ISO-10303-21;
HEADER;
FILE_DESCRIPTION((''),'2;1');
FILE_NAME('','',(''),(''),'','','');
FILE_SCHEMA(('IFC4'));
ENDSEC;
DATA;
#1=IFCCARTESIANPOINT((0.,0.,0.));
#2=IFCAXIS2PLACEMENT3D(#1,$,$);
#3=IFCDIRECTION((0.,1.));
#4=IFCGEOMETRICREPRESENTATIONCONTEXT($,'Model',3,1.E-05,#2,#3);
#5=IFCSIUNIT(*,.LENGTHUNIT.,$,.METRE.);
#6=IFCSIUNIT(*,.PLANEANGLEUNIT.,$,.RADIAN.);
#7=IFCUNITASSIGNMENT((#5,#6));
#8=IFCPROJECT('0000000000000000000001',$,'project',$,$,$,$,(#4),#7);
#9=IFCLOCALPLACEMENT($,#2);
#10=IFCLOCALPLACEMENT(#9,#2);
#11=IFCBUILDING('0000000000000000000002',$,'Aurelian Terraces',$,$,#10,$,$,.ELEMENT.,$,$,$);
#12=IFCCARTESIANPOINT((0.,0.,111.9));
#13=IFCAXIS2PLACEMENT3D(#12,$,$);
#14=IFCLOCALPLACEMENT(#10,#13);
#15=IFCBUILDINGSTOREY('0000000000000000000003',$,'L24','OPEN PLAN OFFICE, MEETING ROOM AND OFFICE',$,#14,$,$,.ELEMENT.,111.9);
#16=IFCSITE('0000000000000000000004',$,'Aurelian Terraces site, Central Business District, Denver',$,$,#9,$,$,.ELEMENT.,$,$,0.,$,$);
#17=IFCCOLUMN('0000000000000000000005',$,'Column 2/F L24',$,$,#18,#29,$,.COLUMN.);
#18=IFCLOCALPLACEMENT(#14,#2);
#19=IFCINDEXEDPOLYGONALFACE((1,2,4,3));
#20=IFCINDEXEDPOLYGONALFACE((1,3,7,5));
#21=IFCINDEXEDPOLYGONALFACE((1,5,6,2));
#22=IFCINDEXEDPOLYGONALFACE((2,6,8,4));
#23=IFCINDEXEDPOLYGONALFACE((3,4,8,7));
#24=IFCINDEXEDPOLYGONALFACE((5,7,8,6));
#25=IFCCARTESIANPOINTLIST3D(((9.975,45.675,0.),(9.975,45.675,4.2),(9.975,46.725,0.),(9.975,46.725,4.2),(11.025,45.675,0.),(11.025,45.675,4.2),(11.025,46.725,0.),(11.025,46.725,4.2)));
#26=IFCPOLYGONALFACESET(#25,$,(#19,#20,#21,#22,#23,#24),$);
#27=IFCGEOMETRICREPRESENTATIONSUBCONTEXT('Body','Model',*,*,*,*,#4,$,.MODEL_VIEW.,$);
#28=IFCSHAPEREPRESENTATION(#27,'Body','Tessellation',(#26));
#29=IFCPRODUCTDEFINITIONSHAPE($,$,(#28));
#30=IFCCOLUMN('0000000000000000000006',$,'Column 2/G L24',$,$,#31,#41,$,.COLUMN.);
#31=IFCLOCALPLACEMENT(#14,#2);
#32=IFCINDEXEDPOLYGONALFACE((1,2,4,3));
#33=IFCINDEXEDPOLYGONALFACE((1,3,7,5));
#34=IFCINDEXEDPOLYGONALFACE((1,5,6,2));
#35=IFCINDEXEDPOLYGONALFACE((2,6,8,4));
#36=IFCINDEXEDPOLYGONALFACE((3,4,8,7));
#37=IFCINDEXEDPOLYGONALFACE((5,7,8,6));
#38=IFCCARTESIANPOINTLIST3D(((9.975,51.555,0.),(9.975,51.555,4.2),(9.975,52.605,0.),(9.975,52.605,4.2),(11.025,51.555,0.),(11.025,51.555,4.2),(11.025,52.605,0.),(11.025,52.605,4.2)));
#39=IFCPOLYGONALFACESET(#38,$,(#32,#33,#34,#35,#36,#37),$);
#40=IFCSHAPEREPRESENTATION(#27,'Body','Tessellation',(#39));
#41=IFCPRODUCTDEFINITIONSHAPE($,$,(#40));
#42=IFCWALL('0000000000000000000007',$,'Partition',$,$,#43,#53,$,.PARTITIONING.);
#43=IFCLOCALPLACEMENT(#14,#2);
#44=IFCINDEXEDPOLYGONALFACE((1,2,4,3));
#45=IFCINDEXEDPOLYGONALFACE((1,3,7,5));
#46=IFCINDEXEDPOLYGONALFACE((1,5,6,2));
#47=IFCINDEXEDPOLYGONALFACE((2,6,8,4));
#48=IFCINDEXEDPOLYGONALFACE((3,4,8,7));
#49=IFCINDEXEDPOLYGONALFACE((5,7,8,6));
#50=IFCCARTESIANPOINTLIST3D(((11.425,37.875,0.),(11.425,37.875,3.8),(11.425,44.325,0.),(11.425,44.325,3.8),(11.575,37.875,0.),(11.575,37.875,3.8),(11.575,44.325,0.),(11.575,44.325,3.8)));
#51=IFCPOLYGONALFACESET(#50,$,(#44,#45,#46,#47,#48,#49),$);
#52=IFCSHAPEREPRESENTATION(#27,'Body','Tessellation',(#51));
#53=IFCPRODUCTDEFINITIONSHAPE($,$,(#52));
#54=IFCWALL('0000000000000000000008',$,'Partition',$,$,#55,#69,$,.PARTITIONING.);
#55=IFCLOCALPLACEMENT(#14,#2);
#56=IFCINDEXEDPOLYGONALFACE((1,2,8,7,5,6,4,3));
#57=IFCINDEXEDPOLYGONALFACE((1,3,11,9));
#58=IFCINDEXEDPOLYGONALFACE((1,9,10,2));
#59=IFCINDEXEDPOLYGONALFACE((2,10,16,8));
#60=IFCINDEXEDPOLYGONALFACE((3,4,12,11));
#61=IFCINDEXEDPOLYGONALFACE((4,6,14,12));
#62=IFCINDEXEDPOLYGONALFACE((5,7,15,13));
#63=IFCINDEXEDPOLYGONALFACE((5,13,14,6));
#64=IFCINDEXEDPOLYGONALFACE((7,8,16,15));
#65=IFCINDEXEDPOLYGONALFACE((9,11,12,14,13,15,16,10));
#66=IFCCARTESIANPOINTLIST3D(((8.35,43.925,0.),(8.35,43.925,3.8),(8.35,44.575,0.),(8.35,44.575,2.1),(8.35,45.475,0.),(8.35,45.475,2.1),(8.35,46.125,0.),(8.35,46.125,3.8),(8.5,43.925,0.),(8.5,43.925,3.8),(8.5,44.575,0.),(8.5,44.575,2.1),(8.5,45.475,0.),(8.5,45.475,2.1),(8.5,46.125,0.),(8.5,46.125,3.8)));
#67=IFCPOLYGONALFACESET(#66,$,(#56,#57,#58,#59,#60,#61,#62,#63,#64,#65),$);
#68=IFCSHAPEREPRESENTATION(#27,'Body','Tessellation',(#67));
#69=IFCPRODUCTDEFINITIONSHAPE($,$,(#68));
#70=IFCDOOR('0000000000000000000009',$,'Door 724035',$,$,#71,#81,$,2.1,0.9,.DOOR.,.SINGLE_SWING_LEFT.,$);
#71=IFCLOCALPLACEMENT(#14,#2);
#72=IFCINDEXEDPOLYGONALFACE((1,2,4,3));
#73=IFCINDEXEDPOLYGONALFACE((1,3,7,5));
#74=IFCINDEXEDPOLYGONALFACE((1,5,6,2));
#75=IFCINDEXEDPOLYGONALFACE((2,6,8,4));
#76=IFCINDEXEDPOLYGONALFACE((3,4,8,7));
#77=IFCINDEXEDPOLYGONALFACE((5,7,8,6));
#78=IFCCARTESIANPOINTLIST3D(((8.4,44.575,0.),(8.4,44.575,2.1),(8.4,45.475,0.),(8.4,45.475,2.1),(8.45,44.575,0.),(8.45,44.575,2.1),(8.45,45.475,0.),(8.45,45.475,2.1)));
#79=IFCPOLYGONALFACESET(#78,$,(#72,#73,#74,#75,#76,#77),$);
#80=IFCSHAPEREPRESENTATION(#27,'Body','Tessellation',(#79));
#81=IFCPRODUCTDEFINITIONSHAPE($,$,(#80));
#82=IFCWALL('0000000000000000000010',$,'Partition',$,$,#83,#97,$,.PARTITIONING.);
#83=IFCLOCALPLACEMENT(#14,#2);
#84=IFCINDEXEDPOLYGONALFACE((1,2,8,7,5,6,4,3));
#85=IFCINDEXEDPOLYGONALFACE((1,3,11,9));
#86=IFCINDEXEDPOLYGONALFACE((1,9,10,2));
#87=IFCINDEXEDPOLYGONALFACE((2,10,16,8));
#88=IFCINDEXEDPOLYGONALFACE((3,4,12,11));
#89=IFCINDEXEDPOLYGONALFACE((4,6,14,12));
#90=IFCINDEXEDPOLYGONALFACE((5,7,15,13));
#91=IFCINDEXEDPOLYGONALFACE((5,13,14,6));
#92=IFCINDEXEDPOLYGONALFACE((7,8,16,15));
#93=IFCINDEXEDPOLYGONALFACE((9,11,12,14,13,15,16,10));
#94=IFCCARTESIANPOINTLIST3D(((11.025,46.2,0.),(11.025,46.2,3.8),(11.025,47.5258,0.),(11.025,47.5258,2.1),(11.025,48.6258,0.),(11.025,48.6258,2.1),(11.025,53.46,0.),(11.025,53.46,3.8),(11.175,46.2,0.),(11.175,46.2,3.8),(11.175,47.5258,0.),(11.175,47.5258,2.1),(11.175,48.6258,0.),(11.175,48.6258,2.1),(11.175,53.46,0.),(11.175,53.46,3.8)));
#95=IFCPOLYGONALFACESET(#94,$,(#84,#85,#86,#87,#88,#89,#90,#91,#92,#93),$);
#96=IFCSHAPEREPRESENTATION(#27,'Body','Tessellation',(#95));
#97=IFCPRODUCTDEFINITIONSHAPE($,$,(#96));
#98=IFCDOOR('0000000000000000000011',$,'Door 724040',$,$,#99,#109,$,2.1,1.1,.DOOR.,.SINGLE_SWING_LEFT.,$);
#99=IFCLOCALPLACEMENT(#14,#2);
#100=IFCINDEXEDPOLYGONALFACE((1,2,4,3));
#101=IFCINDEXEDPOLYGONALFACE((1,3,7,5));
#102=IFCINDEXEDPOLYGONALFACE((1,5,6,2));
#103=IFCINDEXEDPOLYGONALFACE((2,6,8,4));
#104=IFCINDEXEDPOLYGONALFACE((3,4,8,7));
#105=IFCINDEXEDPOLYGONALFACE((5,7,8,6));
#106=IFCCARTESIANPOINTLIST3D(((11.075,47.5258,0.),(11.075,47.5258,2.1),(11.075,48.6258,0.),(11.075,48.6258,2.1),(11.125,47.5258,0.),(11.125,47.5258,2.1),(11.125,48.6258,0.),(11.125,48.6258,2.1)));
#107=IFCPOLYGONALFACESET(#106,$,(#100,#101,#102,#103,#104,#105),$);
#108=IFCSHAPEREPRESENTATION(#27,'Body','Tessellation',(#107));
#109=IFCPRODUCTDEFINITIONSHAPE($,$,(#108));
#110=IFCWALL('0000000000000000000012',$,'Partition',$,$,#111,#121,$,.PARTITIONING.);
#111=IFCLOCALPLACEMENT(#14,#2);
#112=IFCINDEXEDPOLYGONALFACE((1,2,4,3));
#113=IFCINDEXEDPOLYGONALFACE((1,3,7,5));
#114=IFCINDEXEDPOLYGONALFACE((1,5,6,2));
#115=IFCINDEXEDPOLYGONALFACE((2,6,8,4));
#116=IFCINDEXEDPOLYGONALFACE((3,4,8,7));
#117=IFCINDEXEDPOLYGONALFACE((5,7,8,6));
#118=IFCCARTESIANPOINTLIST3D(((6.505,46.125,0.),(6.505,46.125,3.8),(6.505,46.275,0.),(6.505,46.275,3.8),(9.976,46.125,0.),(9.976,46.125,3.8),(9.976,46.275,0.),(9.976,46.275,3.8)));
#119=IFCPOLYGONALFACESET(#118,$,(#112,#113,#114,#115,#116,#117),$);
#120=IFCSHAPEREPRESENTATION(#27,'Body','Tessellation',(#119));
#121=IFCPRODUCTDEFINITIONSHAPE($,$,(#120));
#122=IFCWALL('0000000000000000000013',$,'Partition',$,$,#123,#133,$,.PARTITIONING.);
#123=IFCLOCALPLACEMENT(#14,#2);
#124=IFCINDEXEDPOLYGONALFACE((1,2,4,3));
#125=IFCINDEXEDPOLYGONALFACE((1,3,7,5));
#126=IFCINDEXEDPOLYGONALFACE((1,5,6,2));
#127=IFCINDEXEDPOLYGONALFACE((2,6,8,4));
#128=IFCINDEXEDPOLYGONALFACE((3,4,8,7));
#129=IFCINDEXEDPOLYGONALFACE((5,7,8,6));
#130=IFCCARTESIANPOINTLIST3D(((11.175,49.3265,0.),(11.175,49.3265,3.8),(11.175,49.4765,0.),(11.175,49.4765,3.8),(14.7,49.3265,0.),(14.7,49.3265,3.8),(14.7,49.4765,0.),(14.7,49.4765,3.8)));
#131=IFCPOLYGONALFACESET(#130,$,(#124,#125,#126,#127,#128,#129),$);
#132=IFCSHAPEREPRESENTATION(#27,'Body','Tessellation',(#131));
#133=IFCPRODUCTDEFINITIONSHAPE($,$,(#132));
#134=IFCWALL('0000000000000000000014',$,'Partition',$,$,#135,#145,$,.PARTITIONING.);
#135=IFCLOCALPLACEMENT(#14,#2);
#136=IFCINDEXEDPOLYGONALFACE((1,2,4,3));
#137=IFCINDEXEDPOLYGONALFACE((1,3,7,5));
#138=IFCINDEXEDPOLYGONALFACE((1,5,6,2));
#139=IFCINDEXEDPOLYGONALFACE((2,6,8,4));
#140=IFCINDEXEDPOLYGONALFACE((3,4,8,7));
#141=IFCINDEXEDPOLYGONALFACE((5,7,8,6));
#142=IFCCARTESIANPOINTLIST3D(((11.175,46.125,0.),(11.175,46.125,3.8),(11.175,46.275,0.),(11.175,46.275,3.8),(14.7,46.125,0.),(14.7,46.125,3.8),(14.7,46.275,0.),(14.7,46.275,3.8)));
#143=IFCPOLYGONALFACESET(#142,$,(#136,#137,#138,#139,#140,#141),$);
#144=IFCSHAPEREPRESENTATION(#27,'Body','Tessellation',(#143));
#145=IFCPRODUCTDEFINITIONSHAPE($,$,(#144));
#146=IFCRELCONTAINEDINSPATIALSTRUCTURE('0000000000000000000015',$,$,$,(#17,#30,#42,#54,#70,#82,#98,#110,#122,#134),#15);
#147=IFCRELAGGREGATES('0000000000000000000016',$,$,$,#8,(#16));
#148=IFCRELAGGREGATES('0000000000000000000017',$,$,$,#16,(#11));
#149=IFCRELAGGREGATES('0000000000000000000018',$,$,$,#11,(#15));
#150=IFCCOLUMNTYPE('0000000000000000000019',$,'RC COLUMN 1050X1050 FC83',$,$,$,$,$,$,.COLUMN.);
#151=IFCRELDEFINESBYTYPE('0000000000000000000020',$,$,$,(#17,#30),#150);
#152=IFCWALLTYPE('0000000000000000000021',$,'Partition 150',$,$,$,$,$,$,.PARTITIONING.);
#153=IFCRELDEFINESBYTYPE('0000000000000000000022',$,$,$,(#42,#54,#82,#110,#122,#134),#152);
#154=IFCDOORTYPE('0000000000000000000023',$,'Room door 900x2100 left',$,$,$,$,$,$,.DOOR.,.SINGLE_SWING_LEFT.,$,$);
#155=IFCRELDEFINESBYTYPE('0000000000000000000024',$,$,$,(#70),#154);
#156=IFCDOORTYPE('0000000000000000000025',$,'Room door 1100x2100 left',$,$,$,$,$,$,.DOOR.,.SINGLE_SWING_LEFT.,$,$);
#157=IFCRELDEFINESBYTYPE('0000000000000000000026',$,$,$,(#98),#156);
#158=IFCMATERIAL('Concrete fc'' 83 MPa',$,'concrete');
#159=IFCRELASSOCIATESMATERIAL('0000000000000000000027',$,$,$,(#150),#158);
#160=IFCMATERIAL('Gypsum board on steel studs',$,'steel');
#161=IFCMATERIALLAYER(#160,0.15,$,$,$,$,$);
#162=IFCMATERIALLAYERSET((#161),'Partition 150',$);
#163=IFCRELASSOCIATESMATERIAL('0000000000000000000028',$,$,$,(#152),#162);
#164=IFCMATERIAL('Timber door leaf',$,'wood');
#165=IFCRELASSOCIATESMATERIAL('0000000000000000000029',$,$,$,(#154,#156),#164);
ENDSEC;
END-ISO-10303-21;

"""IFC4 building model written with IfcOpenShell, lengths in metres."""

from ifc_helpers import new_model, si_unit, direction, frame, frame_2d, origin, origin_2d, place, context, subcontext, project, spatial, rectangle, extrude, source, transform, mapped, material, layer, layer_set, material_profile, profile_set, type_object, element, fill, save


model = new_model("IFC4")

# Units and contexts
model_context = context("Model", 3, precision=1e-05, world=origin(), true_north=direction((0.0, 1.0)))
body_context = subcontext(model_context, "Body", "Model", "MODEL_VIEW")
ifc_project = project(units=[si_unit("LENGTHUNIT", "METRE"), si_unit("PLANEANGLEUNIT", "RADIAN")], contexts=[model_context])

# Site, building, storey
site_placement = place(None, origin())
site = spatial("IfcSite", under=ifc_project, at=site_placement, Name="Aurelian Terraces site, Central Business District, Denver", CompositionType="ELEMENT", RefElevation=0.0)
building_placement = place(site_placement, origin())
building = spatial("IfcBuilding", under=site, at=building_placement, Name="Aurelian Terraces", CompositionType="ELEMENT")
storey_placement = place(building_placement, frame((0.0, 0.0, 111.9)))
storey = spatial("IfcBuildingStorey", under=building, at=storey_placement, Name="L24", Description="OPEN PLAN OFFICE, MEETING ROOM AND OFFICE", CompositionType="ELEMENT", Elevation=111.9)

# Columns
ifc_material_1 = material(Name="Concrete fc' 83 MPa", Category="concrete")
ifc_material_profile = material_profile(ifc_material_1, rectangle(XDim=1.05, YDim=1.05, at=origin_2d()))
ifc_profile_set = profile_set([ifc_material_profile], Name="Concrete fc' 83 MPa")
column_type = type_object("IfcColumnType", Name="RC COLUMN 1050X1050 FC83", PredefinedType="COLUMN", material=ifc_profile_set)
shared_shape_1 = source(origin(), body_context, "Body", "SweptSolid", [
    extrude(rectangle(XDim=1.05, YDim=1.05, at=origin_2d()), origin(), (0.0, 0.0, 1.0), 4.2),
])
for number, where, z_axis, x_axis, name in (
    (1, (10.5, 46.2, 0.0), (0.0, 0.0, 1.0), (1.0, 0.0, 0.0), "Column 2/F L24"),
    (2, (10.5, 52.08, 0.0), (0.0, 0.0, 1.0), (1.0, 0.0, 0.0), "Column 2/G L24"),
):
    element("IfcColumn", number, at=place(storey_placement, frame(where, z_axis=z_axis, x_axis=x_axis)), inside=storey, type_object=column_type, Name=name, PredefinedType="COLUMN", context=body_context, shape_type="MappedRepresentation", body=[
        mapped(shared_shape_1, transform((0.0, 0.0, 0.0), scale=1.0)),
    ])

# Wall
ifc_material_2 = material(Name="Gypsum board on steel studs", Category="steel")
ifc_layer = layer(ifc_material_2, 0.15)
ifc_layer_set = layer_set([ifc_layer], Name="Partition 150")
wall_type = type_object("IfcWallType", Name="Partition 150", PredefinedType="PARTITIONING", material=ifc_layer_set)
shared_shape_2 = source(origin(), body_context, "Body", "SweptSolid", [
    extrude(rectangle(XDim=6.45, YDim=0.15, at=frame_2d((3.225, 0.0))), origin(), (0.0, 0.0, 1.0), 3.8),
])
wall_1_placement = place(storey_placement, frame((11.5, 44.325, 0.0), z_axis=(0.0, 0.0, 1.0), x_axis=(0.0, -1.0, 0.0)))
element("IfcWall", 3, at=wall_1_placement, inside=storey, type_object=wall_type, Name="Partition", PredefinedType="PARTITIONING", context=body_context, shape_type="MappedRepresentation", body=[
    mapped(shared_shape_2, transform((0.0, 0.0, 0.0), scale=1.0)),
])

# Walls, openings, doors
shared_shape_3 = source(origin(), body_context, "Body", "SweptSolid", [
    extrude(rectangle(XDim=2.2, YDim=0.15, at=frame_2d((1.1, 0.0))), origin(), (0.0, 0.0, 1.0), 3.8),
])
wall_2_placement = place(storey_placement, frame((8.425, 43.925, 0.0), z_axis=(0.0, 0.0, 1.0), x_axis=(0.0, 1.0, 0.0)))
wall_2 = element("IfcWall", 4, at=wall_2_placement, inside=storey, type_object=wall_type, Name="Partition", PredefinedType="PARTITIONING", context=body_context, shape_type="MappedRepresentation", body=[
    mapped(shared_shape_3, transform((0.0, 0.0, 0.0), scale=1.0)),
])
shared_shape_4 = source(origin(), body_context, "Body", "SweptSolid", [
    extrude(rectangle(XDim=0.9, YDim=2.1, at=frame_2d((0.45, 1.05))), frame((0.0, 0.085, 0.0), z_axis=(0.0, -1.0, 0.0), x_axis=(1.0, 0.0, 0.0)), (0.0, 0.0, 1.0), 0.17),
])
opening_1_placement = place(wall_2_placement, frame((0.65, 0.0, 0.0)))
opening_1 = element("IfcOpeningElement", 5, at=opening_1_placement, cuts=wall_2, PredefinedType="OPENING", context=body_context, shape_type="MappedRepresentation", body=[
    mapped(shared_shape_4, transform((0.0, 0.0, 0.0), scale=1.0)),
])
ifc_material_3 = material(Name="Timber door leaf", Category="wood")
door_type_1 = type_object("IfcDoorType", Name="Room door 900x2100 left", OperationType="SINGLE_SWING_LEFT", PredefinedType="DOOR", material=ifc_material_3)
shared_shape_5 = source(origin(), body_context, "Body", "SweptSolid", [
    extrude(rectangle(XDim=0.9, YDim=2.1, at=frame_2d((0.45, 1.05))), frame((0.0, 0.025, 0.0), z_axis=(0.0, -1.0, 0.0), x_axis=(1.0, 0.0, 0.0)), (0.0, 0.0, 1.0), 0.05),
])
door_1_placement = place(opening_1_placement, origin())
door_1 = element("IfcDoor", 6, at=door_1_placement, inside=storey, type_object=door_type_1, Name="Door 724035", OperationType="SINGLE_SWING_LEFT", OverallHeight=2.1, OverallWidth=0.9, PredefinedType="DOOR", context=body_context, shape_type="MappedRepresentation", body=[
    mapped(shared_shape_5, transform((0.0, 0.0, 0.0), scale=1.0)),
])
fill(opening_1, door_1)
shared_shape_6 = source(origin(), body_context, "Body", "SweptSolid", [
    extrude(rectangle(XDim=7.26, YDim=0.15, at=frame_2d((3.63, 0.0))), origin(), (0.0, 0.0, 1.0), 3.8),
])
wall_3_placement = place(storey_placement, frame((11.1, 46.2, 0.0), z_axis=(0.0, 0.0, 1.0), x_axis=(0.0, 1.0, 0.0)))
wall_3 = element("IfcWall", 7, at=wall_3_placement, inside=storey, type_object=wall_type, Name="Partition", PredefinedType="PARTITIONING", context=body_context, shape_type="MappedRepresentation", body=[
    mapped(shared_shape_6, transform((0.0, 0.0, 0.0), scale=1.0)),
])
shared_shape_7 = source(origin(), body_context, "Body", "SweptSolid", [
    extrude(rectangle(XDim=1.1, YDim=2.1, at=frame_2d((0.55, 1.05))), frame((0.0, 0.085, 0.0), z_axis=(0.0, -1.0, 0.0), x_axis=(1.0, 0.0, 0.0)), (0.0, 0.0, 1.0), 0.17),
])
opening_2_placement = place(wall_3_placement, frame((1.3258, 0.0, 0.0)))
opening_2 = element("IfcOpeningElement", 8, at=opening_2_placement, cuts=wall_3, PredefinedType="OPENING", context=body_context, shape_type="MappedRepresentation", body=[
    mapped(shared_shape_7, transform((0.0, 0.0, 0.0), scale=1.0)),
])
door_type_2 = type_object("IfcDoorType", Name="Room door 1100x2100 left", OperationType="SINGLE_SWING_LEFT", PredefinedType="DOOR", material=ifc_material_3)
shared_shape_8 = source(origin(), body_context, "Body", "SweptSolid", [
    extrude(rectangle(XDim=1.1, YDim=2.1, at=frame_2d((0.55, 1.05))), frame((0.0, 0.025, 0.0), z_axis=(0.0, -1.0, 0.0), x_axis=(1.0, 0.0, 0.0)), (0.0, 0.0, 1.0), 0.05),
])
door_2_placement = place(opening_2_placement, origin())
door_2 = element("IfcDoor", 9, at=door_2_placement, inside=storey, type_object=door_type_2, Name="Door 724040", OperationType="SINGLE_SWING_LEFT", OverallHeight=2.1, OverallWidth=1.1, PredefinedType="DOOR", context=body_context, shape_type="MappedRepresentation", body=[
    mapped(shared_shape_8, transform((0.0, 0.0, 0.0), scale=1.0)),
])
fill(opening_2, door_2)

# Walls
shared_shape_9 = source(origin(), body_context, "Body", "SweptSolid", [
    extrude(rectangle(XDim=3.471, YDim=0.15, at=frame_2d((1.7355, 0.0))), origin(), (0.0, 0.0, 1.0), 3.8),
])
wall_4_placement = place(storey_placement, frame((9.976, 46.2, 0.0), z_axis=(0.0, 0.0, 1.0), x_axis=(-1.0, 0.0, 0.0)))
element("IfcWall", 10, at=wall_4_placement, inside=storey, type_object=wall_type, Name="Partition", PredefinedType="PARTITIONING", context=body_context, shape_type="MappedRepresentation", body=[
    mapped(shared_shape_9, transform((0.0, 0.0, 0.0), scale=1.0)),
])
shared_shape_10 = source(origin(), body_context, "Body", "SweptSolid", [
    extrude(rectangle(XDim=3.525, YDim=0.15, at=frame_2d((1.7625, 0.0))), origin(), (0.0, 0.0, 1.0), 3.8),
])
for number, where, z_axis, x_axis, name in (
    (11, (14.7, 49.4015, 0.0), (0.0, 0.0, 1.0), (-1.0, 0.0, 0.0), "Partition"),
    (12, (14.7, 46.2, 0.0), (0.0, 0.0, 1.0), (-1.0, 0.0, 0.0), "Partition"),
):
    element("IfcWall", number, at=place(storey_placement, frame(where, z_axis=z_axis, x_axis=x_axis)), inside=storey, type_object=wall_type, Name=name, PredefinedType="PARTITIONING", context=body_context, shape_type="MappedRepresentation", body=[
        mapped(shared_shape_10, transform((0.0, 0.0, 0.0), scale=1.0)),
    ])

save(model, "model.ifc")
